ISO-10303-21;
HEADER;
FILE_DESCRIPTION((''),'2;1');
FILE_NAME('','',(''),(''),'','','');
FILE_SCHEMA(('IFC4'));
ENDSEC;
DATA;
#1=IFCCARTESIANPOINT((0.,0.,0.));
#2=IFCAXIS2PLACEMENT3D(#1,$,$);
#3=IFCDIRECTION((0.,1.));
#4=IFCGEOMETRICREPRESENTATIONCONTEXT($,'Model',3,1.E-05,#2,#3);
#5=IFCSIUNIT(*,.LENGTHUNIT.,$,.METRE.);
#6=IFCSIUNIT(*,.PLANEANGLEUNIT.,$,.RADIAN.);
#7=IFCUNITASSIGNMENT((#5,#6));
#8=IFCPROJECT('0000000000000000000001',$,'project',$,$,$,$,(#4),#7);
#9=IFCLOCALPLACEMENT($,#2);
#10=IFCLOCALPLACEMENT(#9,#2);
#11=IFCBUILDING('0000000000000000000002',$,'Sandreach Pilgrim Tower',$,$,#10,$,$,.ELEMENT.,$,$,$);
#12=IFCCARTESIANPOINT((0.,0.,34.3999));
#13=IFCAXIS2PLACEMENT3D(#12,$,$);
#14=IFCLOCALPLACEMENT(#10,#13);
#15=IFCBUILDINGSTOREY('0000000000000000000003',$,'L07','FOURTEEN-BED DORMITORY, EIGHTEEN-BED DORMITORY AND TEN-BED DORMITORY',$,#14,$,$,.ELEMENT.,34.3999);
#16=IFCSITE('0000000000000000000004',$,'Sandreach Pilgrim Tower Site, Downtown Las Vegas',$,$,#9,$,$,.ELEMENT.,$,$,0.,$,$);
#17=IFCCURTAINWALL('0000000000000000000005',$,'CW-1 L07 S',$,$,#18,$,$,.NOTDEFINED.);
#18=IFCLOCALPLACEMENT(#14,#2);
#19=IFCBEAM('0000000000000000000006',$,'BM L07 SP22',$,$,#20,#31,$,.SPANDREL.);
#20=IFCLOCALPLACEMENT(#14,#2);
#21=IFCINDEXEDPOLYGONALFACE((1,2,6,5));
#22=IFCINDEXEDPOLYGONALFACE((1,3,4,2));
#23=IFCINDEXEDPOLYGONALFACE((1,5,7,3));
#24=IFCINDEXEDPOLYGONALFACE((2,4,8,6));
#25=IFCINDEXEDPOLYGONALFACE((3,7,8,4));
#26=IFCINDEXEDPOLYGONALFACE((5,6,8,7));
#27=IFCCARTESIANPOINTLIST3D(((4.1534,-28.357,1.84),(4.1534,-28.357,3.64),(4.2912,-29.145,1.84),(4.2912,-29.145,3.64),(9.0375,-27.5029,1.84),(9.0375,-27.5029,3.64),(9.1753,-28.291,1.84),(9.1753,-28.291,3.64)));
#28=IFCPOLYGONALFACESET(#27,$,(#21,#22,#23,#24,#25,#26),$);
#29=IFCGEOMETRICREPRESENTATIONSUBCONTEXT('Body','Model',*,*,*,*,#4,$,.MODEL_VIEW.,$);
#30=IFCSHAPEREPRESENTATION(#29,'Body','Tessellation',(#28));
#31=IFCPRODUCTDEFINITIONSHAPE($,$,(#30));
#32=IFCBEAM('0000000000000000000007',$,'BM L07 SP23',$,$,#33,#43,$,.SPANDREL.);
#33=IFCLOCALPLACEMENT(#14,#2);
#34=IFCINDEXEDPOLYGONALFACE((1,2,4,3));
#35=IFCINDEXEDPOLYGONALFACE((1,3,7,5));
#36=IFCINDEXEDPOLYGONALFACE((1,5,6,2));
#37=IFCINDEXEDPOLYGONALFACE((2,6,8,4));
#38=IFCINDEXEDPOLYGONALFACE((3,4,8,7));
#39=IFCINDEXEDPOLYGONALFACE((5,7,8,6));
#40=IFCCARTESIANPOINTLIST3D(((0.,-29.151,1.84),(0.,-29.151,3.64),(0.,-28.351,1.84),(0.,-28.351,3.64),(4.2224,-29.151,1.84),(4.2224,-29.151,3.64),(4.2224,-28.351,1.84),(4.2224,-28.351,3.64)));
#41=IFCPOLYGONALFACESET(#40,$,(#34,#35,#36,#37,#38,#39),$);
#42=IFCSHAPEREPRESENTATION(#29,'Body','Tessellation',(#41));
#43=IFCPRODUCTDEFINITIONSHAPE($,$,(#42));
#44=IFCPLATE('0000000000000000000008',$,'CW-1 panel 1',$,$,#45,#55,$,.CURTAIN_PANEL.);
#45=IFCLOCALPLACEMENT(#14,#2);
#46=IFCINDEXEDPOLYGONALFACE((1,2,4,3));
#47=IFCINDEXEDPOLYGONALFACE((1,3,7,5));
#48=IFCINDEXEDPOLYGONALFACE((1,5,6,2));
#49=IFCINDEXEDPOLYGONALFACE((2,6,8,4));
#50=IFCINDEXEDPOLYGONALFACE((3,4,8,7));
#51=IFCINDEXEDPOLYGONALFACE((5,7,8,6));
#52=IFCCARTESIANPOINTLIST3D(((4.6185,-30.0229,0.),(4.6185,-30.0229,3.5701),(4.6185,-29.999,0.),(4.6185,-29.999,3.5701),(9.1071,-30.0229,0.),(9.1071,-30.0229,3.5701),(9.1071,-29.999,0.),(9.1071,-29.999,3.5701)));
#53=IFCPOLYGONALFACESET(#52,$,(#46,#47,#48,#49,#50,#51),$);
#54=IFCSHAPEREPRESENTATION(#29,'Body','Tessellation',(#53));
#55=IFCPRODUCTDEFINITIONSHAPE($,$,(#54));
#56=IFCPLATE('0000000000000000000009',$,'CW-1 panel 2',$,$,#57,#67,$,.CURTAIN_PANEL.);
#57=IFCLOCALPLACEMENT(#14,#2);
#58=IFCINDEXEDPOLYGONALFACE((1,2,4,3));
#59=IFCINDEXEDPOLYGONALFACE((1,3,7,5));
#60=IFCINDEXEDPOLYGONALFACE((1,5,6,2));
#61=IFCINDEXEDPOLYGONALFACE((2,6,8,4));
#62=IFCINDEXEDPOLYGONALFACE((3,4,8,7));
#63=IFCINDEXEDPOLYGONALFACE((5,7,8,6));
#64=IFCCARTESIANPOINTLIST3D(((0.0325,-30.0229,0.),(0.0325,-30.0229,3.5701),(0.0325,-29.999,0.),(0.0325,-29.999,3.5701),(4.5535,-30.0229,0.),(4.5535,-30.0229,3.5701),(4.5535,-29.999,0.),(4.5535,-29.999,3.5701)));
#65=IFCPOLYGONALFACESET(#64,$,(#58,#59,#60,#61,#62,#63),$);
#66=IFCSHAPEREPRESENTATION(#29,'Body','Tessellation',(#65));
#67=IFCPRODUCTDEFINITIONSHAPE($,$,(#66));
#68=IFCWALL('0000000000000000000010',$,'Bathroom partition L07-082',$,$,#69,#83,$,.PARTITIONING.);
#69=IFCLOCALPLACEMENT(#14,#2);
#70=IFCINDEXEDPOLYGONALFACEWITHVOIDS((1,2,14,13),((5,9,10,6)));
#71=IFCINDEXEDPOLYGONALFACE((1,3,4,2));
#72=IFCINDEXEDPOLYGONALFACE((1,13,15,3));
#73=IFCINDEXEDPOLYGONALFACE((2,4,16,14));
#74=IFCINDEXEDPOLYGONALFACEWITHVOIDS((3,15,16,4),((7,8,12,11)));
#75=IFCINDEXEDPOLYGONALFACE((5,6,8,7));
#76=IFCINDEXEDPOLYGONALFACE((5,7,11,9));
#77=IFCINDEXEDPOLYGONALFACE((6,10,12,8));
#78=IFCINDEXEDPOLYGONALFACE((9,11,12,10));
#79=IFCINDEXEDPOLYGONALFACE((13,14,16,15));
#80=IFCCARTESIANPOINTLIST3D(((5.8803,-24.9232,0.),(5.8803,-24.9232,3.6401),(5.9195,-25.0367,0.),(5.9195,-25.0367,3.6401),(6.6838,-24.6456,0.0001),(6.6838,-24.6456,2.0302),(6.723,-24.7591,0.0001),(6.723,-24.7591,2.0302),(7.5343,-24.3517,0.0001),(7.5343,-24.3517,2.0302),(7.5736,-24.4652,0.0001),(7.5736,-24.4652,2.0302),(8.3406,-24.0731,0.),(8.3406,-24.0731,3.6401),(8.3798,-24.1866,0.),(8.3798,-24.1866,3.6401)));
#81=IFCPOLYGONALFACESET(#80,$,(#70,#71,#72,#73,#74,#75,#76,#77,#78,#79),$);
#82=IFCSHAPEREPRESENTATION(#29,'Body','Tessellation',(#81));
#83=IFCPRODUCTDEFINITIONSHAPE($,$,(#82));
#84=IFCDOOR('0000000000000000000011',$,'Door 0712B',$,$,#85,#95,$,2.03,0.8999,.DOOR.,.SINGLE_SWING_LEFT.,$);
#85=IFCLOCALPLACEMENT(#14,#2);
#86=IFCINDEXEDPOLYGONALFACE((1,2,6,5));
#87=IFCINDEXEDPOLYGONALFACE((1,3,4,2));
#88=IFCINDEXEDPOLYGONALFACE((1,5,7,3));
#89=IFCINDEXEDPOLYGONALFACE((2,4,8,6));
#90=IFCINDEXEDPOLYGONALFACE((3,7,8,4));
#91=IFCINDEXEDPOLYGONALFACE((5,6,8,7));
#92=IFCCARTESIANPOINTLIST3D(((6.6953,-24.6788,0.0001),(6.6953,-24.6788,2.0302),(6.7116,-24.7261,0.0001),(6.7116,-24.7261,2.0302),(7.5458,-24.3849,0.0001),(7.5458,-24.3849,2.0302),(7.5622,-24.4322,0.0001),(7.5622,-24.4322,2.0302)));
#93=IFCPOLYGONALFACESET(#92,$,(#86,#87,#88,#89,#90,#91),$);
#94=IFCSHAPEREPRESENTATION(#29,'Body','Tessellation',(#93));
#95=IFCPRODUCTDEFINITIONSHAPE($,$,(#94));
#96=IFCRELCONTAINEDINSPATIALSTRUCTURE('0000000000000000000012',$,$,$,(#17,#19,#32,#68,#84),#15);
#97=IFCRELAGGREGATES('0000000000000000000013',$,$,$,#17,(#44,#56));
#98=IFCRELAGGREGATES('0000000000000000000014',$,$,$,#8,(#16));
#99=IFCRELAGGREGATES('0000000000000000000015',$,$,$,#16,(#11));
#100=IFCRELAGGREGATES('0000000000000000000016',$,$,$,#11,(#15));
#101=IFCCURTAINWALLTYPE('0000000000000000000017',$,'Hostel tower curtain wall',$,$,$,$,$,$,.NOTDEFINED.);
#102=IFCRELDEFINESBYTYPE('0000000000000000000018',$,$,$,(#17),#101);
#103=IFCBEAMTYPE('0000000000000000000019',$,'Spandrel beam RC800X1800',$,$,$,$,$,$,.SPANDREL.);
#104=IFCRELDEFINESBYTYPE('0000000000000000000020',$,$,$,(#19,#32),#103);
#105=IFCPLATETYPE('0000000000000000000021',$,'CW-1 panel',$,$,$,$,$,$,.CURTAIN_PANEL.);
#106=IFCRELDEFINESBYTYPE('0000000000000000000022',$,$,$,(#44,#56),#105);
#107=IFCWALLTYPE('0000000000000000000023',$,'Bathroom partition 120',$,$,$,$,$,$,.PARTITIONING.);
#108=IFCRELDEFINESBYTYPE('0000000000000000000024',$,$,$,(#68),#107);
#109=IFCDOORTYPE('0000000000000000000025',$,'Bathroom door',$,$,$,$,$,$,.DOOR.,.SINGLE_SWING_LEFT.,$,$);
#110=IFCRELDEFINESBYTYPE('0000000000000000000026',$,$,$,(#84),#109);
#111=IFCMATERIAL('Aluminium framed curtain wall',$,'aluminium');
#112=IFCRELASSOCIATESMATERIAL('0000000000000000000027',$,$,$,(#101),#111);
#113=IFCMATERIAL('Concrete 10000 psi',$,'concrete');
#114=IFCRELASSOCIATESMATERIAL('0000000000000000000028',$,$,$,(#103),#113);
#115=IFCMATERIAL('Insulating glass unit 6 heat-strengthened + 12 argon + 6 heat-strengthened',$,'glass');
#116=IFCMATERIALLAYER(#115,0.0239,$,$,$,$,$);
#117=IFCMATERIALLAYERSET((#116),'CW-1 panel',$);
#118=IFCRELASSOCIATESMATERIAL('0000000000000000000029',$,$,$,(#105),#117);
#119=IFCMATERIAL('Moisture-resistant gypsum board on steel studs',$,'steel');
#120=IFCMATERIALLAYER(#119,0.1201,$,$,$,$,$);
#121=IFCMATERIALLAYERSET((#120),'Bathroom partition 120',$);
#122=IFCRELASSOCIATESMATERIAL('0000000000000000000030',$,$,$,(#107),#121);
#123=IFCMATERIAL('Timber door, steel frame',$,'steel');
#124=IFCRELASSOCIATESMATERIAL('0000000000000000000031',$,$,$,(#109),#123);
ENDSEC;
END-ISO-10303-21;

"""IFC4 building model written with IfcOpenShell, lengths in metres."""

from ifc_helpers import new_model, si_unit, direction, frame, frame_2d, origin, origin_2d, place, context, subcontext, project, spatial, rectangle, extrude, material, layer, layer_set, material_profile, profile_set, type_object, element, fill, aggregate, save


model = new_model("IFC4")

# Units and contexts
model_context = context("Model", 3, precision=1e-05, world=origin(), true_north=direction((0.0, 1.0)))
body_context = subcontext(model_context, "Body", "Model", "MODEL_VIEW")
ifc_project = project(units=[si_unit("LENGTHUNIT", "METRE"), si_unit("PLANEANGLEUNIT", "RADIAN")], contexts=[model_context])

# Site, building, storey
site_placement = place(None, origin())
site = spatial("IfcSite", under=ifc_project, at=site_placement, Name="Sandreach Pilgrim Tower Site, Downtown Las Vegas", CompositionType="ELEMENT", RefElevation=0.0)
building_placement = place(site_placement, origin())
building = spatial("IfcBuilding", under=site, at=building_placement, Name="Sandreach Pilgrim Tower", CompositionType="ELEMENT")
storey_placement = place(building_placement, frame((0.0, 0.0, 34.3999)))
storey = spatial("IfcBuildingStorey", under=building, at=storey_placement, Name="L07", Description="FOURTEEN-BED DORMITORY, EIGHTEEN-BED DORMITORY AND TEN-BED DORMITORY", CompositionType="ELEMENT", Elevation=34.3999)

# Curtain wall
ifc_material_1 = material(Name="Aluminium framed curtain wall", Category="aluminium")
curtain_wall_type = type_object("IfcCurtainWallType", Name="Hostel tower curtain wall", PredefinedType="NOTDEFINED", material=ifc_material_1)
curtain_wall_placement = place(storey_placement, origin())
curtain_wall = element("IfcCurtainWall", 1, at=curtain_wall_placement, inside=storey, type_object=curtain_wall_type, Name="CW-1 L07 S", PredefinedType="NOTDEFINED")

# Beams
ifc_material_2 = material(Name="Concrete 10000 psi", Category="concrete")
ifc_material_profile_1 = material_profile(ifc_material_2, rectangle(XDim=0.8, YDim=1.8, at=origin_2d()), Name="RC800X1800")
ifc_profile_set_1 = profile_set([ifc_material_profile_1], Name="Concrete 10000 psi")
beam_type_1 = type_object("IfcBeamType", Name="Spandrel beam RC800X1800", PredefinedType="SPANDREL", material=ifc_profile_set_1)
beam_1_placement = place(storey_placement, frame((9.1064, -27.897, 2.74), z_axis=(-0.985054, -0.172243, 0.0), x_axis=(0.172243, -0.985054, 0.0)))
element("IfcBeam", 2, at=beam_1_placement, inside=storey, type_object=beam_type_1, Name="BM L07 SP22", PredefinedType="SPANDREL", context=body_context, shape_type="SweptSolid", body=[
    extrude(rectangle(XDim=0.8, YDim=1.8, at=origin_2d()), origin(), (0.0, 0.0, 1.0), 4.9583),
])
beam_2_placement = place(storey_placement, frame((4.2224, -28.751, 2.74), z_axis=(-1.0, 0.0, 0.0), x_axis=(0.0, -1.0, 0.0)))
element("IfcBeam", 3, at=beam_2_placement, inside=storey, type_object=beam_type_1, Name="BM L07 SP23", PredefinedType="SPANDREL", context=body_context, shape_type="SweptSolid", body=[
    extrude(rectangle(XDim=0.8, YDim=1.8, at=origin_2d()), origin(), (0.0, 0.0, 1.0), 4.2224),
])

# Plates
ifc_material_3 = material(Name="Insulating glass unit 6 heat-strengthened + 12 argon + 6 heat-strengthened", Category="glass")
ifc_layer_1 = layer(ifc_material_3, 0.0239)
ifc_layer_set_1 = layer_set([ifc_layer_1], Name="CW-1 panel")
plate_type = type_object("IfcPlateType", Name="CW-1 panel", PredefinedType="CURTAIN_PANEL", material=ifc_layer_set_1)
plate_1_placement = place(storey_placement, frame((6.8628, -30.011, 0.0), z_axis=(0.0, 0.0, 1.0), x_axis=(-1.0, 0.0, 0.0)))
plate_1 = element("IfcPlate", 4, at=plate_1_placement, type_object=plate_type, Name="CW-1 panel 1", PredefinedType="CURTAIN_PANEL", context=body_context, shape_type="SweptSolid", body=[
    extrude(rectangle(XDim=4.4885, YDim=0.0239, at=origin_2d()), origin(), (0.0, 0.0, 1.0), 3.5701),
])
plate_2_placement = place(storey_placement, frame((2.293, -30.011, 0.0), z_axis=(0.0, 0.0, 1.0), x_axis=(-1.0, 0.0, 0.0)))
plate_2 = element("IfcPlate", 5, at=plate_2_placement, type_object=plate_type, Name="CW-1 panel 2", PredefinedType="CURTAIN_PANEL", context=body_context, shape_type="SweptSolid", body=[
    extrude(rectangle(XDim=4.521, YDim=0.0239, at=origin_2d()), origin(), (0.0, 0.0, 1.0), 3.5701),
])
aggregate(curtain_wall, [plate_1, plate_2])

# Wall, opening, door
ifc_material_4 = material(Name="Moisture-resistant gypsum board on steel studs", Category="steel")
ifc_layer_2 = layer(ifc_material_4, 0.1201)
ifc_layer_set_2 = layer_set([ifc_layer_2], Name="Bathroom partition 120")
wall_type = type_object("IfcWallType", Name="Bathroom partition 120", PredefinedType="PARTITIONING", material=ifc_layer_set_2)
wall_placement = place(storey_placement, frame((5.8999, -24.98, 0.0), z_axis=(0.0, 0.0, 1.0), x_axis=(0.945165, 0.326592, 0.0)))
wall = element("IfcWall", 6, at=wall_placement, inside=storey, type_object=wall_type, Name="Bathroom partition L07-082", PredefinedType="PARTITIONING", context=body_context, shape_type="SweptSolid", body=[
    extrude(rectangle(XDim=2.603, YDim=0.1201, at=frame_2d((1.3015, 0.0))), origin(), (0.0, 0.0, 1.0), 3.6401),
])
opening_placement = place(wall_placement, frame((0.8501, 0.0, 0.0)))
opening = element("IfcOpeningElement", 7, at=opening_placement, cuts=wall, PredefinedType="OPENING", context=body_context, shape_type="SweptSolid", body=[
    extrude(rectangle(XDim=0.8999, YDim=2.03, at=frame_2d((0.45, 1.0151))), frame((0.0, 0.0601, 0.0), z_axis=(0.0, -1.0, 0.0), x_axis=(1.0, 0.0, 0.0)), (0.0, 0.0, 1.0), 0.1201),
])
ifc_material_5 = material(Name="Timber door, steel frame", Category="steel")
door_type = type_object("IfcDoorType", Name="Bathroom door", OperationType="SINGLE_SWING_LEFT", PredefinedType="DOOR", material=ifc_material_5)
door_placement = place(opening_placement, origin())
door = element("IfcDoor", 8, at=door_placement, inside=storey, type_object=door_type, Name="Door 0712B", OperationType="SINGLE_SWING_LEFT", OverallHeight=2.03, OverallWidth=0.8999, PredefinedType="DOOR", context=body_context, shape_type="SweptSolid", body=[
    extrude(rectangle(XDim=0.8999, YDim=2.03, at=frame_2d((0.45, 1.0151))), frame((0.0, 0.0249, 0.0), z_axis=(0.0, -1.0, 0.0), x_axis=(1.0, 0.0, 0.0)), (0.0, 0.0, 1.0), 0.05),
])
fill(opening, door)

save(model, "model.ifc")
